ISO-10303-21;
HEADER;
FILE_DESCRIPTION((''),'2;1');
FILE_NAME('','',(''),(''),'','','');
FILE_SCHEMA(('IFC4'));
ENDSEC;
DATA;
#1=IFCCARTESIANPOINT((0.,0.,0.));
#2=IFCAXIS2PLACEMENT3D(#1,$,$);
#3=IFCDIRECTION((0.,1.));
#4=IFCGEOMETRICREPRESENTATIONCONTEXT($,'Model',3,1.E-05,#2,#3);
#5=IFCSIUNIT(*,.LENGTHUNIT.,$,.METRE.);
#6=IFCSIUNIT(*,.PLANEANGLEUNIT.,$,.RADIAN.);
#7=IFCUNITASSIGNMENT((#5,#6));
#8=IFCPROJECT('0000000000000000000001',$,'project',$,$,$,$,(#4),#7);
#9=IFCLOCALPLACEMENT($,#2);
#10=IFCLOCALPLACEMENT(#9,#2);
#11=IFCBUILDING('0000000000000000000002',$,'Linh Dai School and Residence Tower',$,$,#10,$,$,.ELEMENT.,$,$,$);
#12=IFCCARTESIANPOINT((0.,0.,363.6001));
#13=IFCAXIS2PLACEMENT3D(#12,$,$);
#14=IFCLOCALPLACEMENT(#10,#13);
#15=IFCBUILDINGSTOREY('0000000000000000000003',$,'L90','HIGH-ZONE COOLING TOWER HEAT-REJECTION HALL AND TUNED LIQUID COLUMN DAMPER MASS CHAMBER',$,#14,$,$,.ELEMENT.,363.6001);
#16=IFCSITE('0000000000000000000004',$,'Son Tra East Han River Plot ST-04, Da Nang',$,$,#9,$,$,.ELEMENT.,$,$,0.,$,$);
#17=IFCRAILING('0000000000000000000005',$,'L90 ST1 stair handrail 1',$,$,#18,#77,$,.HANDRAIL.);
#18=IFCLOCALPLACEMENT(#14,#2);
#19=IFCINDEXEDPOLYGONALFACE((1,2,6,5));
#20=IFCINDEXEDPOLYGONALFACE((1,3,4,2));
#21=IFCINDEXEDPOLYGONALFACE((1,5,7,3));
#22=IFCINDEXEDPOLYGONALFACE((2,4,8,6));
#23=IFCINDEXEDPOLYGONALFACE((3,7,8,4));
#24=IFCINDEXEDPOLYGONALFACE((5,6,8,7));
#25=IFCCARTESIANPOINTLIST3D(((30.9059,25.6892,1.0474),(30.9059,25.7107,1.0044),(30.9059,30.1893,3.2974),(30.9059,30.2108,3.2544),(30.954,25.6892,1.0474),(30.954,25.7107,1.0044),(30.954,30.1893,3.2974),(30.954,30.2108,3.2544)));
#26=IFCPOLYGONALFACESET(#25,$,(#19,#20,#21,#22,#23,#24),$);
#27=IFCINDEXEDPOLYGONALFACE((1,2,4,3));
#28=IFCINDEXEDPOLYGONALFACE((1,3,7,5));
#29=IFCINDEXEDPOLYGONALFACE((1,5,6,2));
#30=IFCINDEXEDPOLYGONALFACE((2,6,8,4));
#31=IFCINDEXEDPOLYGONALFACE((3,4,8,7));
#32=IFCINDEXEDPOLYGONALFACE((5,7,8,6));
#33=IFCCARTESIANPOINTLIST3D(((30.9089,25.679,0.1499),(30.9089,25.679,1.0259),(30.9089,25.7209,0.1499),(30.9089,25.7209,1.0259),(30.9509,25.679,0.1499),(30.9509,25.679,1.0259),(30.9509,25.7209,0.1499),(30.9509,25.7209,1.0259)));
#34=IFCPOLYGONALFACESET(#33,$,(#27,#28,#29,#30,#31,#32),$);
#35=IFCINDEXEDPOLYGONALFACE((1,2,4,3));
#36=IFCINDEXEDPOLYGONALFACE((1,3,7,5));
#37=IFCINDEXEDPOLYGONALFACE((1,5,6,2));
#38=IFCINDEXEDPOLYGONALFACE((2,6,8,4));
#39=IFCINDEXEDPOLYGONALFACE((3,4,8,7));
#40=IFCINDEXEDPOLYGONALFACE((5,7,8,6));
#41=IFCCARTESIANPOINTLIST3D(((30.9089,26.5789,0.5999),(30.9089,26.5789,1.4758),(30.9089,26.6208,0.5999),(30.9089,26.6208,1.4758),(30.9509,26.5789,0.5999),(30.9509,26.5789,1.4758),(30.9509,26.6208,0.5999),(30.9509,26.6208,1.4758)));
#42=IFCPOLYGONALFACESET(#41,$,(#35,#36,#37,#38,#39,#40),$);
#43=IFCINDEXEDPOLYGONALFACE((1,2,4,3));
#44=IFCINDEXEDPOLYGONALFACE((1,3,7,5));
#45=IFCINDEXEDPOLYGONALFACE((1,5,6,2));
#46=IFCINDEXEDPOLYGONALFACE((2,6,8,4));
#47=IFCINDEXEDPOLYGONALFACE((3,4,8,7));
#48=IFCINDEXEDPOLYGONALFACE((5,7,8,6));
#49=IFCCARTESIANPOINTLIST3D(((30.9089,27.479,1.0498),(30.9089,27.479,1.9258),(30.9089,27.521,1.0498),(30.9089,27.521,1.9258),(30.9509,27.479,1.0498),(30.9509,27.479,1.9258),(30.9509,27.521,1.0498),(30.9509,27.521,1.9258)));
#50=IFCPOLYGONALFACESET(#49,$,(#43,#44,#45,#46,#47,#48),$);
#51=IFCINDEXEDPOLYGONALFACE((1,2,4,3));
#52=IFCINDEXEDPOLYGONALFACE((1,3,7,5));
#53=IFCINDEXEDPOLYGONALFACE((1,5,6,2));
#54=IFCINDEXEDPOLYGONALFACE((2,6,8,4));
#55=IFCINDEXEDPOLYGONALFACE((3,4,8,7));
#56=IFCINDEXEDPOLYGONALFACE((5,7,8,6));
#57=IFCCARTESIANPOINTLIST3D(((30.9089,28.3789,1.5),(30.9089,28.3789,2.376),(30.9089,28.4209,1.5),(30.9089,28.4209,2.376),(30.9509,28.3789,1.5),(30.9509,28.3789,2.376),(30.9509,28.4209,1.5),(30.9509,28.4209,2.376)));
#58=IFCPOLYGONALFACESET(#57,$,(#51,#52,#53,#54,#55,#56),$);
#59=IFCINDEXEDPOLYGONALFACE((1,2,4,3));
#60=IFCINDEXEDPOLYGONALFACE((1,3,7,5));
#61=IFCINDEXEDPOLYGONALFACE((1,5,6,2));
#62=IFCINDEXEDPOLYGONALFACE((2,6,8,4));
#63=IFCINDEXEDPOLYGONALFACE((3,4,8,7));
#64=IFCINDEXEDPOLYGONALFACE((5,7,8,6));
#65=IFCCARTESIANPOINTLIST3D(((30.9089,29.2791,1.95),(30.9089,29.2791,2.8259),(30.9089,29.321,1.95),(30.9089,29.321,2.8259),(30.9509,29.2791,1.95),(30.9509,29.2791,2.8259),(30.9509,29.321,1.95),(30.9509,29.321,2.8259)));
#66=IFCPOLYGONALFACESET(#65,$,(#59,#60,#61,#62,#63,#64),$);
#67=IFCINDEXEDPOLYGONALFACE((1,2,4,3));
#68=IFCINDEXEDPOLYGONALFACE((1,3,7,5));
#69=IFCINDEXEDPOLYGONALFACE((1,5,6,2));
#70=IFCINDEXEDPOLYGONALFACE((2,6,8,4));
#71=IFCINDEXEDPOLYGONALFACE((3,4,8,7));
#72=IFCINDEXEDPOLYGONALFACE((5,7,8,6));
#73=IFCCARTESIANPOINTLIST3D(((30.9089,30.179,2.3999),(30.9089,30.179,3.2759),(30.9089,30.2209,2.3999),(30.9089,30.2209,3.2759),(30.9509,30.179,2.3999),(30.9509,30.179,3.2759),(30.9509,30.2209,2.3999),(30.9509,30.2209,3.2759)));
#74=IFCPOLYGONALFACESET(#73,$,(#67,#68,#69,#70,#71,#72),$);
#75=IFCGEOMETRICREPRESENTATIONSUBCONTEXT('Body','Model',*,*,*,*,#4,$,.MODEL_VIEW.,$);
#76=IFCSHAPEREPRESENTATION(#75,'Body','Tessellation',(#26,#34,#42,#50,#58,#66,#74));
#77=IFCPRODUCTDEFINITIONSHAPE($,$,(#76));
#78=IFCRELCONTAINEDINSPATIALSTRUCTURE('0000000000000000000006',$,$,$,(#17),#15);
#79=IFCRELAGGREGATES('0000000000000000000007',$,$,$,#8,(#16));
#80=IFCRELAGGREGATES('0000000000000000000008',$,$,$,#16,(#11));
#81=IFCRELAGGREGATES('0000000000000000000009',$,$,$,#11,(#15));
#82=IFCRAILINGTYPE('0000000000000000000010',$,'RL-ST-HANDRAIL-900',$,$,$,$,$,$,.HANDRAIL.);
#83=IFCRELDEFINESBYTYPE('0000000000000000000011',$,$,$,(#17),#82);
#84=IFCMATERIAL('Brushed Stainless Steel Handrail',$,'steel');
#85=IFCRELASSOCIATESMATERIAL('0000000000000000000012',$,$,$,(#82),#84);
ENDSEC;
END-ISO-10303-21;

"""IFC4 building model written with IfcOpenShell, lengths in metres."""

from ifc_helpers import new_model, si_unit, direction, frame, origin, origin_2d, place, context, subcontext, project, spatial, rectangle, extrude, source, transform, mapped, material, type_object, element, save


model = new_model("IFC4")

# Units and contexts
model_context = context("Model", 3, precision=1e-05, world=origin(), true_north=direction((0.0, 1.0)))
body_context = subcontext(model_context, "Body", "Model", "MODEL_VIEW")
ifc_project = project(units=[si_unit("LENGTHUNIT", "METRE"), si_unit("PLANEANGLEUNIT", "RADIAN")], contexts=[model_context])

# Site, building, storey
site_placement = place(None, origin())
site = spatial("IfcSite", under=ifc_project, at=site_placement, Name="Son Tra East Han River Plot ST-04, Da Nang", CompositionType="ELEMENT", RefElevation=0.0)
building_placement = place(site_placement, origin())
building = spatial("IfcBuilding", under=site, at=building_placement, Name="Linh Dai School and Residence Tower", CompositionType="ELEMENT")
storey_placement = place(building_placement, frame((0.0, 0.0, 363.6001)))
storey = spatial("IfcBuildingStorey", under=building, at=storey_placement, Name="L90", Description="HIGH-ZONE COOLING TOWER HEAT-REJECTION HALL AND TUNED LIQUID COLUMN DAMPER MASS CHAMBER", CompositionType="ELEMENT", Elevation=363.6001)

# Railing
ifc_material_1 = material(Name="Brushed Stainless Steel Handrail", Category="steel")
railing_type_1 = type_object("IfcRailingType", Name="RL-ST-HANDRAIL-900", PredefinedType="HANDRAIL", material=ifc_material_1)
shared_shape_1 = source(origin(), body_context, "Body", "SweptSolid", [
    extrude(rectangle(XDim=0.0481, YDim=0.0481, at=origin_2d()), frame((0.0, 0.0, 0.876), z_axis=(0.0, 0.894427, 0.447214), x_axis=(-1.0, 0.0, 0.0)), (0.0, 0.0, 1.0), 5.0312),
    extrude(rectangle(XDim=0.042, YDim=0.042, at=origin_2d()), origin(), (0.0, 0.0, 1.0), 0.876),
    extrude(rectangle(XDim=0.042, YDim=0.042, at=origin_2d()), frame((0.0, 0.8999, 0.45)), (0.0, 0.0, 1.0), 0.876),
    extrude(rectangle(XDim=0.042, YDim=0.042, at=origin_2d()), frame((0.0, 1.8, 0.8999)), (0.0, 0.0, 1.0), 0.876),
    extrude(rectangle(XDim=0.042, YDim=0.042, at=origin_2d()), frame((0.0, 2.7, 1.3501)), (0.0, 0.0, 1.0), 0.876),
    extrude(rectangle(XDim=0.042, YDim=0.042, at=origin_2d()), frame((0.0, 3.6001, 1.8)), (0.0, 0.0, 1.0), 0.876),
    extrude(rectangle(XDim=0.042, YDim=0.042, at=origin_2d()), frame((0.0, 4.5, 2.25)), (0.0, 0.0, 1.0), 0.876),
])
railing_1_placement = place(storey_placement, frame((30.9299, 25.7, 0.1499)))
element("IfcRailing", 1, at=railing_1_placement, inside=storey, type_object=railing_type_1, Name="L90 ST1 stair handrail 1", PredefinedType="HANDRAIL", context=body_context, shape_type="MappedRepresentation", body=[
    mapped(shared_shape_1, transform((0.0, 0.0, 0.0), x_axis=(1.0, 0.0, 0.0), y_axis=(0.0, 1.0, 0.0), z_axis=(0.0, 0.0, 1.0), scale=1.0)),
])

save(model, "model.ifc")
